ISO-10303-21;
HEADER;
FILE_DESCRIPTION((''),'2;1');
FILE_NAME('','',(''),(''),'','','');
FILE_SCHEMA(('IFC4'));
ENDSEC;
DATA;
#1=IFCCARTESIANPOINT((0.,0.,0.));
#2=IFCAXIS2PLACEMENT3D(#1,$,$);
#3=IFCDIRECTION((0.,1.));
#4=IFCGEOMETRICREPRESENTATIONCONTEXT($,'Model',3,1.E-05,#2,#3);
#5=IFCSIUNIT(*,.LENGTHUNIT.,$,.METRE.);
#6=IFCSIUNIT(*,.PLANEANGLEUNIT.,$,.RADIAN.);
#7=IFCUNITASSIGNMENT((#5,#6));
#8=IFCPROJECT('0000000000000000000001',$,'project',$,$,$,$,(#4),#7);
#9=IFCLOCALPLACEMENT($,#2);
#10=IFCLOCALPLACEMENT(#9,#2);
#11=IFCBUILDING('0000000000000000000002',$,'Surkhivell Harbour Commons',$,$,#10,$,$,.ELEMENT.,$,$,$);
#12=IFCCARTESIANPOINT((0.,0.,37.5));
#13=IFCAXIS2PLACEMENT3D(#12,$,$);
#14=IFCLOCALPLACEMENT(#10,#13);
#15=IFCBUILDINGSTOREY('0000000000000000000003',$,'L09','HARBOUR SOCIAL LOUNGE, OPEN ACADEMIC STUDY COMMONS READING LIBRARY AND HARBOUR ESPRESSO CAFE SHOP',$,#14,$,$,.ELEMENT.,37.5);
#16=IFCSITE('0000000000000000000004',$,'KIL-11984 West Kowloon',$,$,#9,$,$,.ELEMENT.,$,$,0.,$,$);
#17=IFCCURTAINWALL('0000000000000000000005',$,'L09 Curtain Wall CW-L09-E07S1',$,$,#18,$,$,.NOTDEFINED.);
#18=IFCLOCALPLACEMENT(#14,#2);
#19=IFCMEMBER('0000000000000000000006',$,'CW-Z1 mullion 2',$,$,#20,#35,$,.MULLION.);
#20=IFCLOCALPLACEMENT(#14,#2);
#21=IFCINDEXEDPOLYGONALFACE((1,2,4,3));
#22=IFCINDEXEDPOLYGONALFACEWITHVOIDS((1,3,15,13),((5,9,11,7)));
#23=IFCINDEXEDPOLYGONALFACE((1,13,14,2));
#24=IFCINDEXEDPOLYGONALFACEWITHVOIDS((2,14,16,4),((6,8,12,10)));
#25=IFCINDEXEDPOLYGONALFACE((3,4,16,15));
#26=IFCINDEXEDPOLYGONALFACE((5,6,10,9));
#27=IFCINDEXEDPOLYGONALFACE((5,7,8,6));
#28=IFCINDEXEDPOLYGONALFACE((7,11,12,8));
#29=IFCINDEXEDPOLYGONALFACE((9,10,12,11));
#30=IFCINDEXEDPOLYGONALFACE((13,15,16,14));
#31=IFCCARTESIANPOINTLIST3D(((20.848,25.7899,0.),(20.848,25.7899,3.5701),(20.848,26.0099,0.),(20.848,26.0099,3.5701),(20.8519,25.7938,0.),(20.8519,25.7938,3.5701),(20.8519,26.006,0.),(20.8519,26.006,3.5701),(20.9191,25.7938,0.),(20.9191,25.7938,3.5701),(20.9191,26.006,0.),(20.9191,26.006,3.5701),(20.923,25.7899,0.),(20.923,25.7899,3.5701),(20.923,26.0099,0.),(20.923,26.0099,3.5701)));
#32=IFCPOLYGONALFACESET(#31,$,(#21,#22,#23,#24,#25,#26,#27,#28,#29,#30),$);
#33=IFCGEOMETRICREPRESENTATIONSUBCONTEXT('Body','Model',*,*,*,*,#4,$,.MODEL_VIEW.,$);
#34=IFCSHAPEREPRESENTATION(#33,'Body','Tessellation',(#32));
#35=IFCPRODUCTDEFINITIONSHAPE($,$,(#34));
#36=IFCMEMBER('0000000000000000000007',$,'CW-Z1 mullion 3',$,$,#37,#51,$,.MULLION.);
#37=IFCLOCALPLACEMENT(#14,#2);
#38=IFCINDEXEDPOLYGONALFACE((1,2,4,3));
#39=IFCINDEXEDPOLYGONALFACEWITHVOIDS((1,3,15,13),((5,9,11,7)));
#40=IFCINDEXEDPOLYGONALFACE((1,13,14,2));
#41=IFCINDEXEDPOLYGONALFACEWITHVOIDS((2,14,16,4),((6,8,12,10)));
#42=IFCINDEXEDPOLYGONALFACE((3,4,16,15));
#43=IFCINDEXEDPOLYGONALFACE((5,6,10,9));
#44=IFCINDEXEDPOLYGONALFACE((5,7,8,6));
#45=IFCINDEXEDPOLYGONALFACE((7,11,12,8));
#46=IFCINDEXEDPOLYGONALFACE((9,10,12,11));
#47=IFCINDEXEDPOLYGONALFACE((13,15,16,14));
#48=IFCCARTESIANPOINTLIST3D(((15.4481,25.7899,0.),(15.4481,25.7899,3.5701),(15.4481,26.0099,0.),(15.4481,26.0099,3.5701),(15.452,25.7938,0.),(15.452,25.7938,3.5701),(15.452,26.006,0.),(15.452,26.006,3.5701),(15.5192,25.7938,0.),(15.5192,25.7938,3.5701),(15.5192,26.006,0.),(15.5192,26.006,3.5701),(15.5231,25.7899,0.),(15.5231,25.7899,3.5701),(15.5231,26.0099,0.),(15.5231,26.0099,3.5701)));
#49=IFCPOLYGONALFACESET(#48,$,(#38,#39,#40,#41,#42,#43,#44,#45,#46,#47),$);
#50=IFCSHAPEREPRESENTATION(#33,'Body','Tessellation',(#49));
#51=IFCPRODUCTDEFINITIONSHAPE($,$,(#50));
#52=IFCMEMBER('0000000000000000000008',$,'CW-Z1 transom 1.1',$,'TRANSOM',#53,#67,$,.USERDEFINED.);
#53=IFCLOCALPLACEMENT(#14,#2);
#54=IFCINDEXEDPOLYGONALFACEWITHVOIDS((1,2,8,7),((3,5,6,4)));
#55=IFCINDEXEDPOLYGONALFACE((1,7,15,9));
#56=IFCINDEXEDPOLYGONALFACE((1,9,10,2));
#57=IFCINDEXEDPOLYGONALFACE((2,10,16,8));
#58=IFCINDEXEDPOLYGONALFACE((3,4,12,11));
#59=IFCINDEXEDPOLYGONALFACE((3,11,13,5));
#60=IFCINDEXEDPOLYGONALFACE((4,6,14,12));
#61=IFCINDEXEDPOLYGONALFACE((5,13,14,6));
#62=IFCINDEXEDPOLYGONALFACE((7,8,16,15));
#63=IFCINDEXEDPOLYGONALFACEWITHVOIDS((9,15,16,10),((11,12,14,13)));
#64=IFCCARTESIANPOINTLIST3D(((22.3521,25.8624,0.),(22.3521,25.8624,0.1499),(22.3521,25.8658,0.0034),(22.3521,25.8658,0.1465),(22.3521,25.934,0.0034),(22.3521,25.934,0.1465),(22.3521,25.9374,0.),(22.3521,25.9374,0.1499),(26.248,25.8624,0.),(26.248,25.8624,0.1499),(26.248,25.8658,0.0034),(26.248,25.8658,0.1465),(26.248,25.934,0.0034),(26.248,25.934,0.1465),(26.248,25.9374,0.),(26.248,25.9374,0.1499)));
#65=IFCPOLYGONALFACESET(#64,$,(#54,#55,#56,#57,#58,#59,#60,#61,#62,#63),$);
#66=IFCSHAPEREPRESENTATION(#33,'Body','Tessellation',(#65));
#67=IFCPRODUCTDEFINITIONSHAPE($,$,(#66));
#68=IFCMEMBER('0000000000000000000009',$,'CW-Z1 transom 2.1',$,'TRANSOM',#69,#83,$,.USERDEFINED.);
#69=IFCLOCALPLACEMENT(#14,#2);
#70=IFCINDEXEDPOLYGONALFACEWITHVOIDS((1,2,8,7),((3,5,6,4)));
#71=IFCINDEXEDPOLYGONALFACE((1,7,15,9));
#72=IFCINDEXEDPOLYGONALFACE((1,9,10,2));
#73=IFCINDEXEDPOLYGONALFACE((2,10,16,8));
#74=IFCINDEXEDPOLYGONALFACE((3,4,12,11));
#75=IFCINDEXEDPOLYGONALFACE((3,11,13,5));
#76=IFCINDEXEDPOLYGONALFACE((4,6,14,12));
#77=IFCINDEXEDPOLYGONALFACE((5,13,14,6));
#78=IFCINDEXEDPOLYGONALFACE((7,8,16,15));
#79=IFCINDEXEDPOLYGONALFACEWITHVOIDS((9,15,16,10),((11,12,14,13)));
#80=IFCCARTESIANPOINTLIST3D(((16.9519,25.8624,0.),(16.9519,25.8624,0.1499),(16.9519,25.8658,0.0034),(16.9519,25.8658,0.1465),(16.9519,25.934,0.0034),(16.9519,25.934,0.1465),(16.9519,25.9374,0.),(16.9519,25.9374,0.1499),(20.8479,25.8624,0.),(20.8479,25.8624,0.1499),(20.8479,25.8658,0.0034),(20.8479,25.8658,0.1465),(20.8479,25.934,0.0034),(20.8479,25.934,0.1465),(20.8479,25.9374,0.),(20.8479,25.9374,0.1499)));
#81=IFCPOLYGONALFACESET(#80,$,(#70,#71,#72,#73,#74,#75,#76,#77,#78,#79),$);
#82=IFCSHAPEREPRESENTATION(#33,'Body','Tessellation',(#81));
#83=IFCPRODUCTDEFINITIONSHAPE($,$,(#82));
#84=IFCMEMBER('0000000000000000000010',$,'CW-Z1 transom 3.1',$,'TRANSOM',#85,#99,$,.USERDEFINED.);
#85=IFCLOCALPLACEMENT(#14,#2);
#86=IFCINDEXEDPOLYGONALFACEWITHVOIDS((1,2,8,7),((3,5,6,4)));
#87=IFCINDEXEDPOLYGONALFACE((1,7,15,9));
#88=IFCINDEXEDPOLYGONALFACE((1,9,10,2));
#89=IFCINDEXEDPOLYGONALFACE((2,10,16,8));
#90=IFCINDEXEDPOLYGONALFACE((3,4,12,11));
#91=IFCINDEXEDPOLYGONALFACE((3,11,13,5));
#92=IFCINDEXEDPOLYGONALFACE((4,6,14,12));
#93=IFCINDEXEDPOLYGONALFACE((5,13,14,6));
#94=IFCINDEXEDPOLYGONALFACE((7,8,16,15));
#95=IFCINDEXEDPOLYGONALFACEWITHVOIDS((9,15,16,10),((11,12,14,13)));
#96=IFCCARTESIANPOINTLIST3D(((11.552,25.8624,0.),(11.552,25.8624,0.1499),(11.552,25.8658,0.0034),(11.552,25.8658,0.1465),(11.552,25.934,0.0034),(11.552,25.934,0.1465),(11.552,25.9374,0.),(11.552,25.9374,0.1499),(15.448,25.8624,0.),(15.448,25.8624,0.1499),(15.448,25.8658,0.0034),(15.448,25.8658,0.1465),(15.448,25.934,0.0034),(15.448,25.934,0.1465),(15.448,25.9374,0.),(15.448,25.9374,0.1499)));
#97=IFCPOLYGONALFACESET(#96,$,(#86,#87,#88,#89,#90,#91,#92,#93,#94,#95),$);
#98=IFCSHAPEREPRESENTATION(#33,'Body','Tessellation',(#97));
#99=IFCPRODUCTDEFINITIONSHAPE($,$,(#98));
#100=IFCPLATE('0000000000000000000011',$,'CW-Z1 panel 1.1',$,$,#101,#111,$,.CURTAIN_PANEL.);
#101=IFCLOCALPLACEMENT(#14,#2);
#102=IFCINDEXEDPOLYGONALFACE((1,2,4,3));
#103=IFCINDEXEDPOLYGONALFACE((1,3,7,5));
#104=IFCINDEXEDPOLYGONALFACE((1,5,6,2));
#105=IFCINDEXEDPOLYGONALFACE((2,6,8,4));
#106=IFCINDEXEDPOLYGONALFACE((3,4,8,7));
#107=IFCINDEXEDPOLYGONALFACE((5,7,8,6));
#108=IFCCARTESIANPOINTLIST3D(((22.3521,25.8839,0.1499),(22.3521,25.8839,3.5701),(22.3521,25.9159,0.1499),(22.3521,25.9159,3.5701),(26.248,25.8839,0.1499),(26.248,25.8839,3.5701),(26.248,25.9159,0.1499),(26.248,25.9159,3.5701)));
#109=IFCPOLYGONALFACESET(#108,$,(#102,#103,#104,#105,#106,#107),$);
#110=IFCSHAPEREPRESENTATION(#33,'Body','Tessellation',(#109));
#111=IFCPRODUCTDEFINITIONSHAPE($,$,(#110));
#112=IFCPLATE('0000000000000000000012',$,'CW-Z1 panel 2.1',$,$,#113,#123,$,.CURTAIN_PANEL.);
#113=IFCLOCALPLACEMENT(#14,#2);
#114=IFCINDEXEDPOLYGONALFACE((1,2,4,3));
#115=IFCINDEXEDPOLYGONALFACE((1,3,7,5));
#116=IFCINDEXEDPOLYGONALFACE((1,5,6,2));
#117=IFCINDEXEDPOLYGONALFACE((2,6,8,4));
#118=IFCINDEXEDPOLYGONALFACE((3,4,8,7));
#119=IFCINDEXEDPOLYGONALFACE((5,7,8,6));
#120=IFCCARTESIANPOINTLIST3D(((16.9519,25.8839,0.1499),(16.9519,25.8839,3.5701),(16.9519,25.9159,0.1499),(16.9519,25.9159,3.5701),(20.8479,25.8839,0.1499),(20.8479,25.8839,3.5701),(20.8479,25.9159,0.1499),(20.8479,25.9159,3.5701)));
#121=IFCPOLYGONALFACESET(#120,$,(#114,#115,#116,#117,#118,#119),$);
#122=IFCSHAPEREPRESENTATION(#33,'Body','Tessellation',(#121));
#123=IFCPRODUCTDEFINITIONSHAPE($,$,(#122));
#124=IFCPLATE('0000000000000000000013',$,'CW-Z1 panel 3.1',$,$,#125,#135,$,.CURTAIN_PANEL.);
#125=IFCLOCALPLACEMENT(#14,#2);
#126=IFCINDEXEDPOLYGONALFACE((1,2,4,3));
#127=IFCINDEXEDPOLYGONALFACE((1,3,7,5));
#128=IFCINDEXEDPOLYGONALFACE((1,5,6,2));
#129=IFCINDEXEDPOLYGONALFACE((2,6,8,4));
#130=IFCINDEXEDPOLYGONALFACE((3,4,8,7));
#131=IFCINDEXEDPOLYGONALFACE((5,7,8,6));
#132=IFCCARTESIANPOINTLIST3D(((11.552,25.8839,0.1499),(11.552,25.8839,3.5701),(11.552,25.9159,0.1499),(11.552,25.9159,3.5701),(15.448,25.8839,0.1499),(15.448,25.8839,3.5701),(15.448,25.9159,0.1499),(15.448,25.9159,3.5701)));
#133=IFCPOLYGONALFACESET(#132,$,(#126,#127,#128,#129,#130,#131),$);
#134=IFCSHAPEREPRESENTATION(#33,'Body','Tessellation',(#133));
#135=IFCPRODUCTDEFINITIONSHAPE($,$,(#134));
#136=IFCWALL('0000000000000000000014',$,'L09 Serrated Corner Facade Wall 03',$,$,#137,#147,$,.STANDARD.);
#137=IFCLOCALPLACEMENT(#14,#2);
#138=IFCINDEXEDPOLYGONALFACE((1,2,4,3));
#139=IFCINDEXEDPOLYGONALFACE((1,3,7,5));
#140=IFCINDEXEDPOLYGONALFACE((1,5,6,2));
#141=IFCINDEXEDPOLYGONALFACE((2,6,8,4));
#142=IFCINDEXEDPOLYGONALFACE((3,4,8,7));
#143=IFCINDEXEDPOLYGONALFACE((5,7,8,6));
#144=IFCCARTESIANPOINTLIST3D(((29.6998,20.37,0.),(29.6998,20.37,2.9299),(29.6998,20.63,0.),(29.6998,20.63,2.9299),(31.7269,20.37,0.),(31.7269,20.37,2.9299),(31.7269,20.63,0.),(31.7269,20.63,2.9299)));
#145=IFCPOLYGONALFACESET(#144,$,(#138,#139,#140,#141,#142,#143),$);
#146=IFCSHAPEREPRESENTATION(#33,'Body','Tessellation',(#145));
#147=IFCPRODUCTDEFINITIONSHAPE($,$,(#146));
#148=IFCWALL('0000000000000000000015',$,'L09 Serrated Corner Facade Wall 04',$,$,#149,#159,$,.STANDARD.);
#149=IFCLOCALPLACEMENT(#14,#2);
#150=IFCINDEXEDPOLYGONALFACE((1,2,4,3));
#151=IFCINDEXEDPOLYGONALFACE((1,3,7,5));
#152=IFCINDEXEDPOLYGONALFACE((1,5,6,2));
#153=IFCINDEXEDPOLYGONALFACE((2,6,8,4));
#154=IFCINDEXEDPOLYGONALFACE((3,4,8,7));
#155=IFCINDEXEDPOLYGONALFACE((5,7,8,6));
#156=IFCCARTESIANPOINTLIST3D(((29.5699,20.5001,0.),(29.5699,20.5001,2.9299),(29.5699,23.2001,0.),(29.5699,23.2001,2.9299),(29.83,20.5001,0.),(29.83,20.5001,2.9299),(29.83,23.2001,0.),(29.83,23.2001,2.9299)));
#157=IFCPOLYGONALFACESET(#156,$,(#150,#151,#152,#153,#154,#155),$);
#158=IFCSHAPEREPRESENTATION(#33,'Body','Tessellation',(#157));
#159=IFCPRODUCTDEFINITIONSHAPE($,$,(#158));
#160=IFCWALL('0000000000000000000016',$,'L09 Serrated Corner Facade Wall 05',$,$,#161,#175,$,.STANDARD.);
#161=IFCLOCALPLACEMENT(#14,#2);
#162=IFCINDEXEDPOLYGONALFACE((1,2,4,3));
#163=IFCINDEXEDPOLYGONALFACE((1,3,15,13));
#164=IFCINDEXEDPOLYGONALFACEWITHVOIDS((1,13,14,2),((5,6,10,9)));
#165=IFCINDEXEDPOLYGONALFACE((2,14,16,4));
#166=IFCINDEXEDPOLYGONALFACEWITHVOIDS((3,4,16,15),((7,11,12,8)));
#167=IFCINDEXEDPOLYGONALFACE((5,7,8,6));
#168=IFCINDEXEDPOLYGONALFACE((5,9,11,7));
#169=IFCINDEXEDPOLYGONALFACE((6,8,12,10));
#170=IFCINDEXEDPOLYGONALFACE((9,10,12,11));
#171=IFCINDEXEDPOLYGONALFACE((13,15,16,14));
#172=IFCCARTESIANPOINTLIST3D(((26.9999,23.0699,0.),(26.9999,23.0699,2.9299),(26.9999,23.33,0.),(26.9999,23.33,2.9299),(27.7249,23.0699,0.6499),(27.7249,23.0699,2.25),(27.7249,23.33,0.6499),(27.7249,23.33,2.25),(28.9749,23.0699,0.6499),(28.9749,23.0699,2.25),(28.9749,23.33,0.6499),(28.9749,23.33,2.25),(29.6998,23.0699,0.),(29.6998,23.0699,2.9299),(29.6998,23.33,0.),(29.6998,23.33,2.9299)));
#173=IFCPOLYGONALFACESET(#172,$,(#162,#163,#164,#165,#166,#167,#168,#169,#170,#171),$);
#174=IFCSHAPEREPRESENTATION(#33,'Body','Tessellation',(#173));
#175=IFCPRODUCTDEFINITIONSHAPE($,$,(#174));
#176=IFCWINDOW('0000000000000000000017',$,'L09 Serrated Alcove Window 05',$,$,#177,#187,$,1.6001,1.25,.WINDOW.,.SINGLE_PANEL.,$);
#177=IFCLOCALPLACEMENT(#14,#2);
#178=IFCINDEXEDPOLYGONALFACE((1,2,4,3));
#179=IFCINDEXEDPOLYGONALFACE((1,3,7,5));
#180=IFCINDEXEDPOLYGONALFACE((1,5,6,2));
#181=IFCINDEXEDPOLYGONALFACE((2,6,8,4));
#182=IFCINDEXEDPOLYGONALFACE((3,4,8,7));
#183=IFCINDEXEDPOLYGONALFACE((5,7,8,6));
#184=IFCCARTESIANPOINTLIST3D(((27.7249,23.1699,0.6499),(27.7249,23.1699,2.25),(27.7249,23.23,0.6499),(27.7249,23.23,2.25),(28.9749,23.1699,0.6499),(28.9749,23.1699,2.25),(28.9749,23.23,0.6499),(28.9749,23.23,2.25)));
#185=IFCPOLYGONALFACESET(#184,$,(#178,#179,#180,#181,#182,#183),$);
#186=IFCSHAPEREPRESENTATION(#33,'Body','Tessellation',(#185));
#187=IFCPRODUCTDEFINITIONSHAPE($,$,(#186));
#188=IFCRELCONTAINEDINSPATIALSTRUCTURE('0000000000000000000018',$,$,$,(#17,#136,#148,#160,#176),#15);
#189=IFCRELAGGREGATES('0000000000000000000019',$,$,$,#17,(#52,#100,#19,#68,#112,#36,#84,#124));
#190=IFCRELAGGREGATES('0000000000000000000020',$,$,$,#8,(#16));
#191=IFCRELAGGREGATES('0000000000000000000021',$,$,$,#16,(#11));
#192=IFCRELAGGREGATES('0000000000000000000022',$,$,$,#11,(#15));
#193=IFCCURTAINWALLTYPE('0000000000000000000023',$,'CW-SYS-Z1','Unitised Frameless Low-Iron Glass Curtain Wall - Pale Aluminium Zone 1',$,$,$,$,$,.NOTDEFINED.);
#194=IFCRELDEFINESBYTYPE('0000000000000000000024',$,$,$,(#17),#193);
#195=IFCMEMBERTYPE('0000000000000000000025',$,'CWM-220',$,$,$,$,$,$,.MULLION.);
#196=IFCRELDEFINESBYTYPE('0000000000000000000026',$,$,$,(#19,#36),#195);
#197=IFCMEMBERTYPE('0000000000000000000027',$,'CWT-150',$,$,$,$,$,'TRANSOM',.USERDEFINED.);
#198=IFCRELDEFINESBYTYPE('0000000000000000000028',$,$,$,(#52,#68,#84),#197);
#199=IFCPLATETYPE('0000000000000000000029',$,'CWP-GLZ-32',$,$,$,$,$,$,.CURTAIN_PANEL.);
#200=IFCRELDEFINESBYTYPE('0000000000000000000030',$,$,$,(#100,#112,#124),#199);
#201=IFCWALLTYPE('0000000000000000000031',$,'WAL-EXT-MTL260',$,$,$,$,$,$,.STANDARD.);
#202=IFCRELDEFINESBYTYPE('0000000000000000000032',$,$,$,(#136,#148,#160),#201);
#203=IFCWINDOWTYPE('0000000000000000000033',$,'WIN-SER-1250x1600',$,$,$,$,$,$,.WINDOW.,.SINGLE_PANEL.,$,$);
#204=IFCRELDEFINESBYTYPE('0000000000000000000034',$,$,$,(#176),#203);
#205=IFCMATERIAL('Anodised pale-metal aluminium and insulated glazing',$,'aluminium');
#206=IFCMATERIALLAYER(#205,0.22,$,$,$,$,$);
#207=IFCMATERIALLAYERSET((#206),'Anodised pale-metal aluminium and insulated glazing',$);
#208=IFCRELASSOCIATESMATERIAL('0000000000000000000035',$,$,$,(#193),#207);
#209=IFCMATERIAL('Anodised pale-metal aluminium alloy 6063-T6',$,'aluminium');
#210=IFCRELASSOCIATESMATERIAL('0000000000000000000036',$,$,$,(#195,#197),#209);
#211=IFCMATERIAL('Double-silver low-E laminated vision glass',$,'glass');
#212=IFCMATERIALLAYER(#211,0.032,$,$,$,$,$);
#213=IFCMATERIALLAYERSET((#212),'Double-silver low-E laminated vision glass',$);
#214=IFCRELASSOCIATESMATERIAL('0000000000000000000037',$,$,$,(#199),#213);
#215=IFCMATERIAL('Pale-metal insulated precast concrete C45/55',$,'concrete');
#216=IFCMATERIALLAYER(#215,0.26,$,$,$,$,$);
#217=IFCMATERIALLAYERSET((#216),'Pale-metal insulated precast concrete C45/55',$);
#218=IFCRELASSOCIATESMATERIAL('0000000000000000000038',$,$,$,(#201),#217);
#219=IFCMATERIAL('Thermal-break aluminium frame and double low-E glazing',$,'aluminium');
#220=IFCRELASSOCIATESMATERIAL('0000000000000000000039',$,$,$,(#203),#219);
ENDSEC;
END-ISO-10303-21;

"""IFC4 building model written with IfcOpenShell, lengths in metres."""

from ifc_helpers import new_model, si_unit, direction, frame, frame_2d, origin, origin_2d, place, context, subcontext, project, spatial, rectangle, hollow_rectangle, extrude, material, layer, layer_set, material_profile, profile_set, type_object, element, fill, aggregate, save


model = new_model("IFC4")

# Units and contexts
model_context = context("Model", 3, precision=1e-05, world=origin(), true_north=direction((0.0, 1.0)))
body_context = subcontext(model_context, "Body", "Model", "MODEL_VIEW")
ifc_project = project(units=[si_unit("LENGTHUNIT", "METRE"), si_unit("PLANEANGLEUNIT", "RADIAN")], contexts=[model_context])

# Site, building, storey
site_placement = place(None, origin())
site = spatial("IfcSite", under=ifc_project, at=site_placement, Name="KIL-11984 West Kowloon", CompositionType="ELEMENT", RefElevation=0.0)
building_placement = place(site_placement, origin())
building = spatial("IfcBuilding", under=site, at=building_placement, Name="Surkhivell Harbour Commons", CompositionType="ELEMENT")
storey_placement = place(building_placement, frame((0.0, 0.0, 37.5)))
storey = spatial("IfcBuildingStorey", under=building, at=storey_placement, Name="L09", Description="HARBOUR SOCIAL LOUNGE, OPEN ACADEMIC STUDY COMMONS READING LIBRARY AND HARBOUR ESPRESSO CAFE SHOP", CompositionType="ELEMENT", Elevation=37.5)

# Curtain wall, members, plates
ifc_material_1 = material(Name="Anodised pale-metal aluminium and insulated glazing", Category="aluminium")
ifc_layer_1 = layer(ifc_material_1, 0.22)
ifc_layer_set_1 = layer_set([ifc_layer_1], Name="Anodised pale-metal aluminium and insulated glazing")
curtain_wall_type = type_object("IfcCurtainWallType", Name="CW-SYS-Z1", Description="Unitised Frameless Low-Iron Glass Curtain Wall - Pale Aluminium Zone 1", PredefinedType="NOTDEFINED", material=ifc_layer_set_1)
curtain_wall_placement = place(storey_placement, origin())
curtain_wall = element("IfcCurtainWall", 1, at=curtain_wall_placement, inside=storey, type_object=curtain_wall_type, Name="L09 Curtain Wall CW-L09-E07S1", PredefinedType="NOTDEFINED")
ifc_material_2 = material(Name="Anodised pale-metal aluminium alloy 6063-T6", Category="aluminium")
ifc_material_profile_1 = material_profile(ifc_material_2, hollow_rectangle(XDim=0.075, YDim=0.22, WallThickness=0.0039, at=origin_2d()), Name="ALU-MULL-75x220")
ifc_profile_set_1 = profile_set([ifc_material_profile_1], Name="Anodised pale-metal aluminium alloy 6063-T6")
member_type_1 = type_object("IfcMemberType", Name="CWM-220", PredefinedType="MULLION", material=ifc_profile_set_1)
member_1_placement = place(storey_placement, frame((20.8855, 25.8999, 0.0), z_axis=(0.0, 0.0, 1.0), x_axis=(-1.0, 0.0, 0.0)))
member_1 = element("IfcMember", 2, at=member_1_placement, type_object=member_type_1, Name="CW-Z1 mullion 2", PredefinedType="MULLION", context=body_context, shape_type="SweptSolid", body=[
    extrude(hollow_rectangle(XDim=0.075, YDim=0.22, WallThickness=0.0039, at=origin_2d()), origin(), (0.0, 0.0, 1.0), 3.5701),
])
member_2_placement = place(storey_placement, frame((15.4856, 25.8999, 0.0), z_axis=(0.0, 0.0, 1.0), x_axis=(-1.0, 0.0, 0.0)))
member_2 = element("IfcMember", 3, at=member_2_placement, type_object=member_type_1, Name="CW-Z1 mullion 3", PredefinedType="MULLION", context=body_context, shape_type="SweptSolid", body=[
    extrude(hollow_rectangle(XDim=0.075, YDim=0.22, WallThickness=0.0039, at=origin_2d()), origin(), (0.0, 0.0, 1.0), 3.5701),
])
ifc_material_profile_2 = material_profile(ifc_material_2, hollow_rectangle(XDim=0.075, YDim=0.1499, WallThickness=0.0034, at=origin_2d()), Name="ALU-TRAN-75x150")
ifc_profile_set_2 = profile_set([ifc_material_profile_2], Name="Anodised pale-metal aluminium alloy 6063-T6")
member_type_2 = type_object("IfcMemberType", Name="CWT-150", ElementType="TRANSOM", PredefinedType="USERDEFINED", material=ifc_profile_set_2)
member_3_placement = place(storey_placement, frame((26.248, 25.8999, 0.075), z_axis=(-1.0, 0.0, 0.0), x_axis=(0.0, -1.0, 0.0)))
member_3 = element("IfcMember", 4, at=member_3_placement, type_object=member_type_2, Name="CW-Z1 transom 1.1", ObjectType="TRANSOM", PredefinedType="USERDEFINED", context=body_context, shape_type="SweptSolid", body=[
    extrude(hollow_rectangle(XDim=0.075, YDim=0.1499, WallThickness=0.0034, at=origin_2d()), origin(), (0.0, 0.0, 1.0), 3.896),
])
member_4_placement = place(storey_placement, frame((20.8479, 25.8999, 0.075), z_axis=(-1.0, 0.0, 0.0), x_axis=(0.0, -1.0, 0.0)))
member_4 = element("IfcMember", 5, at=member_4_placement, type_object=member_type_2, Name="CW-Z1 transom 2.1", ObjectType="TRANSOM", PredefinedType="USERDEFINED", context=body_context, shape_type="SweptSolid", body=[
    extrude(hollow_rectangle(XDim=0.075, YDim=0.1499, WallThickness=0.0034, at=origin_2d()), origin(), (0.0, 0.0, 1.0), 3.896),
])
member_5_placement = place(storey_placement, frame((15.448, 25.8999, 0.075), z_axis=(-1.0, 0.0, 0.0), x_axis=(0.0, -1.0, 0.0)))
member_5 = element("IfcMember", 6, at=member_5_placement, type_object=member_type_2, Name="CW-Z1 transom 3.1", ObjectType="TRANSOM", PredefinedType="USERDEFINED", context=body_context, shape_type="SweptSolid", body=[
    extrude(hollow_rectangle(XDim=0.075, YDim=0.1499, WallThickness=0.0034, at=origin_2d()), origin(), (0.0, 0.0, 1.0), 3.896),
])
ifc_material_3 = material(Name="Double-silver low-E laminated vision glass", Category="glass")
ifc_layer_2 = layer(ifc_material_3, 0.032)
ifc_layer_set_2 = layer_set([ifc_layer_2], Name="Double-silver low-E laminated vision glass")
plate_type = type_object("IfcPlateType", Name="CWP-GLZ-32", PredefinedType="CURTAIN_PANEL", material=ifc_layer_set_2)
plate_1_placement = place(storey_placement, frame((26.248, 25.8999, 0.1499), z_axis=(0.0, 0.0, 1.0), x_axis=(-1.0, 0.0, 0.0)))
plate_1 = element("IfcPlate", 7, at=plate_1_placement, type_object=plate_type, Name="CW-Z1 panel 1.1", PredefinedType="CURTAIN_PANEL", context=body_context, shape_type="SweptSolid", body=[
    extrude(rectangle(XDim=3.896, YDim=0.032, at=frame_2d((1.948, 0.0))), origin(), (0.0, 0.0, 1.0), 3.4202),
])
plate_2_placement = place(storey_placement, frame((20.8479, 25.8999, 0.1499), z_axis=(0.0, 0.0, 1.0), x_axis=(-1.0, 0.0, 0.0)))
plate_2 = element("IfcPlate", 8, at=plate_2_placement, type_object=plate_type, Name="CW-Z1 panel 2.1", PredefinedType="CURTAIN_PANEL", context=body_context, shape_type="SweptSolid", body=[
    extrude(rectangle(XDim=3.896, YDim=0.032, at=frame_2d((1.948, 0.0))), origin(), (0.0, 0.0, 1.0), 3.4202),
])
plate_3_placement = place(storey_placement, frame((15.448, 25.8999, 0.1499), z_axis=(0.0, 0.0, 1.0), x_axis=(-1.0, 0.0, 0.0)))
plate_3 = element("IfcPlate", 9, at=plate_3_placement, type_object=plate_type, Name="CW-Z1 panel 3.1", PredefinedType="CURTAIN_PANEL", context=body_context, shape_type="SweptSolid", body=[
    extrude(rectangle(XDim=3.896, YDim=0.032, at=frame_2d((1.948, 0.0))), origin(), (0.0, 0.0, 1.0), 3.4202),
])
aggregate(curtain_wall, [member_3, plate_1, member_1, member_4, plate_2, member_2, member_5, plate_3])

# Walls
ifc_material_4 = material(Name="Pale-metal insulated precast concrete C45/55", Category="concrete")
ifc_layer_3 = layer(ifc_material_4, 0.26)
ifc_layer_set_3 = layer_set([ifc_layer_3], Name="Pale-metal insulated precast concrete C45/55")
wall_type = type_object("IfcWallType", Name="WAL-EXT-MTL260", PredefinedType="STANDARD", material=ifc_layer_set_3)
wall_1_placement = place(storey_placement, frame((31.7271, 20.5, 0.0), z_axis=(0.0, 0.0, 1.0), x_axis=(-1.0, 0.0, 0.0)))
element("IfcWall", 10, at=wall_1_placement, inside=storey, type_object=wall_type, Name="L09 Serrated Corner Facade Wall 03", PredefinedType="STANDARD", context=body_context, shape_type="SweptSolid", body=[
    extrude(rectangle(XDim=2.0271, YDim=0.26, at=frame_2d((1.0137, 0.0))), origin(), (0.0, 0.0, 1.0), 2.9299),
])
wall_2_placement = place(storey_placement, frame((29.7, 20.5, 0.0), z_axis=(0.0, 0.0, 1.0), x_axis=(0.0, 1.0, 0.0)))
element("IfcWall", 11, at=wall_2_placement, inside=storey, type_object=wall_type, Name="L09 Serrated Corner Facade Wall 04", PredefinedType="STANDARD", context=body_context, shape_type="SweptSolid", body=[
    extrude(rectangle(XDim=2.7, YDim=0.26, at=frame_2d((1.3501, 0.0))), origin(), (0.0, 0.0, 1.0), 2.9299),
])

# Wall, opening, window
wall_3_placement = place(storey_placement, frame((29.7, 23.2, 0.0), z_axis=(0.0, 0.0, 1.0), x_axis=(-1.0, 0.0, 0.0)))
wall_3 = element("IfcWall", 12, at=wall_3_placement, inside=storey, type_object=wall_type, Name="L09 Serrated Corner Facade Wall 05", PredefinedType="STANDARD", context=body_context, shape_type="SweptSolid", body=[
    extrude(rectangle(XDim=2.7, YDim=0.26, at=frame_2d((1.3501, 0.0))), origin(), (0.0, 0.0, 1.0), 2.9299),
])
opening_placement = place(wall_3_placement, frame((0.7251, 0.0, 0.6499)))
opening = element("IfcOpeningElement", 13, at=opening_placement, cuts=wall_3, PredefinedType="OPENING", context=body_context, shape_type="SweptSolid", body=[
    extrude(rectangle(XDim=1.25, YDim=1.6001, at=frame_2d((0.625, 0.8))), frame((0.0, 0.1399, 0.0), z_axis=(0.0, -1.0, 0.0), x_axis=(1.0, 0.0, 0.0)), (0.0, 0.0, 1.0), 0.28),
])
ifc_material_5 = material(Name="Thermal-break aluminium frame and double low-E glazing", Category="aluminium")
window_type = type_object("IfcWindowType", Name="WIN-SER-1250x1600", PartitioningType="SINGLE_PANEL", PredefinedType="WINDOW", material=ifc_material_5)
window_placement = place(opening_placement, origin())
window = element("IfcWindow", 14, at=window_placement, inside=storey, type_object=window_type, Name="L09 Serrated Alcove Window 05", OverallHeight=1.6001, OverallWidth=1.25, PartitioningType="SINGLE_PANEL", PredefinedType="WINDOW", context=body_context, shape_type="SweptSolid", body=[
    extrude(rectangle(XDim=1.25, YDim=1.6001, at=frame_2d((0.625, 0.8))), frame((0.0, 0.03, 0.0), z_axis=(0.0, -1.0, 0.0), x_axis=(1.0, 0.0, 0.0)), (0.0, 0.0, 1.0), 0.0601),
])
fill(opening, window)

save(model, "model.ifc")
